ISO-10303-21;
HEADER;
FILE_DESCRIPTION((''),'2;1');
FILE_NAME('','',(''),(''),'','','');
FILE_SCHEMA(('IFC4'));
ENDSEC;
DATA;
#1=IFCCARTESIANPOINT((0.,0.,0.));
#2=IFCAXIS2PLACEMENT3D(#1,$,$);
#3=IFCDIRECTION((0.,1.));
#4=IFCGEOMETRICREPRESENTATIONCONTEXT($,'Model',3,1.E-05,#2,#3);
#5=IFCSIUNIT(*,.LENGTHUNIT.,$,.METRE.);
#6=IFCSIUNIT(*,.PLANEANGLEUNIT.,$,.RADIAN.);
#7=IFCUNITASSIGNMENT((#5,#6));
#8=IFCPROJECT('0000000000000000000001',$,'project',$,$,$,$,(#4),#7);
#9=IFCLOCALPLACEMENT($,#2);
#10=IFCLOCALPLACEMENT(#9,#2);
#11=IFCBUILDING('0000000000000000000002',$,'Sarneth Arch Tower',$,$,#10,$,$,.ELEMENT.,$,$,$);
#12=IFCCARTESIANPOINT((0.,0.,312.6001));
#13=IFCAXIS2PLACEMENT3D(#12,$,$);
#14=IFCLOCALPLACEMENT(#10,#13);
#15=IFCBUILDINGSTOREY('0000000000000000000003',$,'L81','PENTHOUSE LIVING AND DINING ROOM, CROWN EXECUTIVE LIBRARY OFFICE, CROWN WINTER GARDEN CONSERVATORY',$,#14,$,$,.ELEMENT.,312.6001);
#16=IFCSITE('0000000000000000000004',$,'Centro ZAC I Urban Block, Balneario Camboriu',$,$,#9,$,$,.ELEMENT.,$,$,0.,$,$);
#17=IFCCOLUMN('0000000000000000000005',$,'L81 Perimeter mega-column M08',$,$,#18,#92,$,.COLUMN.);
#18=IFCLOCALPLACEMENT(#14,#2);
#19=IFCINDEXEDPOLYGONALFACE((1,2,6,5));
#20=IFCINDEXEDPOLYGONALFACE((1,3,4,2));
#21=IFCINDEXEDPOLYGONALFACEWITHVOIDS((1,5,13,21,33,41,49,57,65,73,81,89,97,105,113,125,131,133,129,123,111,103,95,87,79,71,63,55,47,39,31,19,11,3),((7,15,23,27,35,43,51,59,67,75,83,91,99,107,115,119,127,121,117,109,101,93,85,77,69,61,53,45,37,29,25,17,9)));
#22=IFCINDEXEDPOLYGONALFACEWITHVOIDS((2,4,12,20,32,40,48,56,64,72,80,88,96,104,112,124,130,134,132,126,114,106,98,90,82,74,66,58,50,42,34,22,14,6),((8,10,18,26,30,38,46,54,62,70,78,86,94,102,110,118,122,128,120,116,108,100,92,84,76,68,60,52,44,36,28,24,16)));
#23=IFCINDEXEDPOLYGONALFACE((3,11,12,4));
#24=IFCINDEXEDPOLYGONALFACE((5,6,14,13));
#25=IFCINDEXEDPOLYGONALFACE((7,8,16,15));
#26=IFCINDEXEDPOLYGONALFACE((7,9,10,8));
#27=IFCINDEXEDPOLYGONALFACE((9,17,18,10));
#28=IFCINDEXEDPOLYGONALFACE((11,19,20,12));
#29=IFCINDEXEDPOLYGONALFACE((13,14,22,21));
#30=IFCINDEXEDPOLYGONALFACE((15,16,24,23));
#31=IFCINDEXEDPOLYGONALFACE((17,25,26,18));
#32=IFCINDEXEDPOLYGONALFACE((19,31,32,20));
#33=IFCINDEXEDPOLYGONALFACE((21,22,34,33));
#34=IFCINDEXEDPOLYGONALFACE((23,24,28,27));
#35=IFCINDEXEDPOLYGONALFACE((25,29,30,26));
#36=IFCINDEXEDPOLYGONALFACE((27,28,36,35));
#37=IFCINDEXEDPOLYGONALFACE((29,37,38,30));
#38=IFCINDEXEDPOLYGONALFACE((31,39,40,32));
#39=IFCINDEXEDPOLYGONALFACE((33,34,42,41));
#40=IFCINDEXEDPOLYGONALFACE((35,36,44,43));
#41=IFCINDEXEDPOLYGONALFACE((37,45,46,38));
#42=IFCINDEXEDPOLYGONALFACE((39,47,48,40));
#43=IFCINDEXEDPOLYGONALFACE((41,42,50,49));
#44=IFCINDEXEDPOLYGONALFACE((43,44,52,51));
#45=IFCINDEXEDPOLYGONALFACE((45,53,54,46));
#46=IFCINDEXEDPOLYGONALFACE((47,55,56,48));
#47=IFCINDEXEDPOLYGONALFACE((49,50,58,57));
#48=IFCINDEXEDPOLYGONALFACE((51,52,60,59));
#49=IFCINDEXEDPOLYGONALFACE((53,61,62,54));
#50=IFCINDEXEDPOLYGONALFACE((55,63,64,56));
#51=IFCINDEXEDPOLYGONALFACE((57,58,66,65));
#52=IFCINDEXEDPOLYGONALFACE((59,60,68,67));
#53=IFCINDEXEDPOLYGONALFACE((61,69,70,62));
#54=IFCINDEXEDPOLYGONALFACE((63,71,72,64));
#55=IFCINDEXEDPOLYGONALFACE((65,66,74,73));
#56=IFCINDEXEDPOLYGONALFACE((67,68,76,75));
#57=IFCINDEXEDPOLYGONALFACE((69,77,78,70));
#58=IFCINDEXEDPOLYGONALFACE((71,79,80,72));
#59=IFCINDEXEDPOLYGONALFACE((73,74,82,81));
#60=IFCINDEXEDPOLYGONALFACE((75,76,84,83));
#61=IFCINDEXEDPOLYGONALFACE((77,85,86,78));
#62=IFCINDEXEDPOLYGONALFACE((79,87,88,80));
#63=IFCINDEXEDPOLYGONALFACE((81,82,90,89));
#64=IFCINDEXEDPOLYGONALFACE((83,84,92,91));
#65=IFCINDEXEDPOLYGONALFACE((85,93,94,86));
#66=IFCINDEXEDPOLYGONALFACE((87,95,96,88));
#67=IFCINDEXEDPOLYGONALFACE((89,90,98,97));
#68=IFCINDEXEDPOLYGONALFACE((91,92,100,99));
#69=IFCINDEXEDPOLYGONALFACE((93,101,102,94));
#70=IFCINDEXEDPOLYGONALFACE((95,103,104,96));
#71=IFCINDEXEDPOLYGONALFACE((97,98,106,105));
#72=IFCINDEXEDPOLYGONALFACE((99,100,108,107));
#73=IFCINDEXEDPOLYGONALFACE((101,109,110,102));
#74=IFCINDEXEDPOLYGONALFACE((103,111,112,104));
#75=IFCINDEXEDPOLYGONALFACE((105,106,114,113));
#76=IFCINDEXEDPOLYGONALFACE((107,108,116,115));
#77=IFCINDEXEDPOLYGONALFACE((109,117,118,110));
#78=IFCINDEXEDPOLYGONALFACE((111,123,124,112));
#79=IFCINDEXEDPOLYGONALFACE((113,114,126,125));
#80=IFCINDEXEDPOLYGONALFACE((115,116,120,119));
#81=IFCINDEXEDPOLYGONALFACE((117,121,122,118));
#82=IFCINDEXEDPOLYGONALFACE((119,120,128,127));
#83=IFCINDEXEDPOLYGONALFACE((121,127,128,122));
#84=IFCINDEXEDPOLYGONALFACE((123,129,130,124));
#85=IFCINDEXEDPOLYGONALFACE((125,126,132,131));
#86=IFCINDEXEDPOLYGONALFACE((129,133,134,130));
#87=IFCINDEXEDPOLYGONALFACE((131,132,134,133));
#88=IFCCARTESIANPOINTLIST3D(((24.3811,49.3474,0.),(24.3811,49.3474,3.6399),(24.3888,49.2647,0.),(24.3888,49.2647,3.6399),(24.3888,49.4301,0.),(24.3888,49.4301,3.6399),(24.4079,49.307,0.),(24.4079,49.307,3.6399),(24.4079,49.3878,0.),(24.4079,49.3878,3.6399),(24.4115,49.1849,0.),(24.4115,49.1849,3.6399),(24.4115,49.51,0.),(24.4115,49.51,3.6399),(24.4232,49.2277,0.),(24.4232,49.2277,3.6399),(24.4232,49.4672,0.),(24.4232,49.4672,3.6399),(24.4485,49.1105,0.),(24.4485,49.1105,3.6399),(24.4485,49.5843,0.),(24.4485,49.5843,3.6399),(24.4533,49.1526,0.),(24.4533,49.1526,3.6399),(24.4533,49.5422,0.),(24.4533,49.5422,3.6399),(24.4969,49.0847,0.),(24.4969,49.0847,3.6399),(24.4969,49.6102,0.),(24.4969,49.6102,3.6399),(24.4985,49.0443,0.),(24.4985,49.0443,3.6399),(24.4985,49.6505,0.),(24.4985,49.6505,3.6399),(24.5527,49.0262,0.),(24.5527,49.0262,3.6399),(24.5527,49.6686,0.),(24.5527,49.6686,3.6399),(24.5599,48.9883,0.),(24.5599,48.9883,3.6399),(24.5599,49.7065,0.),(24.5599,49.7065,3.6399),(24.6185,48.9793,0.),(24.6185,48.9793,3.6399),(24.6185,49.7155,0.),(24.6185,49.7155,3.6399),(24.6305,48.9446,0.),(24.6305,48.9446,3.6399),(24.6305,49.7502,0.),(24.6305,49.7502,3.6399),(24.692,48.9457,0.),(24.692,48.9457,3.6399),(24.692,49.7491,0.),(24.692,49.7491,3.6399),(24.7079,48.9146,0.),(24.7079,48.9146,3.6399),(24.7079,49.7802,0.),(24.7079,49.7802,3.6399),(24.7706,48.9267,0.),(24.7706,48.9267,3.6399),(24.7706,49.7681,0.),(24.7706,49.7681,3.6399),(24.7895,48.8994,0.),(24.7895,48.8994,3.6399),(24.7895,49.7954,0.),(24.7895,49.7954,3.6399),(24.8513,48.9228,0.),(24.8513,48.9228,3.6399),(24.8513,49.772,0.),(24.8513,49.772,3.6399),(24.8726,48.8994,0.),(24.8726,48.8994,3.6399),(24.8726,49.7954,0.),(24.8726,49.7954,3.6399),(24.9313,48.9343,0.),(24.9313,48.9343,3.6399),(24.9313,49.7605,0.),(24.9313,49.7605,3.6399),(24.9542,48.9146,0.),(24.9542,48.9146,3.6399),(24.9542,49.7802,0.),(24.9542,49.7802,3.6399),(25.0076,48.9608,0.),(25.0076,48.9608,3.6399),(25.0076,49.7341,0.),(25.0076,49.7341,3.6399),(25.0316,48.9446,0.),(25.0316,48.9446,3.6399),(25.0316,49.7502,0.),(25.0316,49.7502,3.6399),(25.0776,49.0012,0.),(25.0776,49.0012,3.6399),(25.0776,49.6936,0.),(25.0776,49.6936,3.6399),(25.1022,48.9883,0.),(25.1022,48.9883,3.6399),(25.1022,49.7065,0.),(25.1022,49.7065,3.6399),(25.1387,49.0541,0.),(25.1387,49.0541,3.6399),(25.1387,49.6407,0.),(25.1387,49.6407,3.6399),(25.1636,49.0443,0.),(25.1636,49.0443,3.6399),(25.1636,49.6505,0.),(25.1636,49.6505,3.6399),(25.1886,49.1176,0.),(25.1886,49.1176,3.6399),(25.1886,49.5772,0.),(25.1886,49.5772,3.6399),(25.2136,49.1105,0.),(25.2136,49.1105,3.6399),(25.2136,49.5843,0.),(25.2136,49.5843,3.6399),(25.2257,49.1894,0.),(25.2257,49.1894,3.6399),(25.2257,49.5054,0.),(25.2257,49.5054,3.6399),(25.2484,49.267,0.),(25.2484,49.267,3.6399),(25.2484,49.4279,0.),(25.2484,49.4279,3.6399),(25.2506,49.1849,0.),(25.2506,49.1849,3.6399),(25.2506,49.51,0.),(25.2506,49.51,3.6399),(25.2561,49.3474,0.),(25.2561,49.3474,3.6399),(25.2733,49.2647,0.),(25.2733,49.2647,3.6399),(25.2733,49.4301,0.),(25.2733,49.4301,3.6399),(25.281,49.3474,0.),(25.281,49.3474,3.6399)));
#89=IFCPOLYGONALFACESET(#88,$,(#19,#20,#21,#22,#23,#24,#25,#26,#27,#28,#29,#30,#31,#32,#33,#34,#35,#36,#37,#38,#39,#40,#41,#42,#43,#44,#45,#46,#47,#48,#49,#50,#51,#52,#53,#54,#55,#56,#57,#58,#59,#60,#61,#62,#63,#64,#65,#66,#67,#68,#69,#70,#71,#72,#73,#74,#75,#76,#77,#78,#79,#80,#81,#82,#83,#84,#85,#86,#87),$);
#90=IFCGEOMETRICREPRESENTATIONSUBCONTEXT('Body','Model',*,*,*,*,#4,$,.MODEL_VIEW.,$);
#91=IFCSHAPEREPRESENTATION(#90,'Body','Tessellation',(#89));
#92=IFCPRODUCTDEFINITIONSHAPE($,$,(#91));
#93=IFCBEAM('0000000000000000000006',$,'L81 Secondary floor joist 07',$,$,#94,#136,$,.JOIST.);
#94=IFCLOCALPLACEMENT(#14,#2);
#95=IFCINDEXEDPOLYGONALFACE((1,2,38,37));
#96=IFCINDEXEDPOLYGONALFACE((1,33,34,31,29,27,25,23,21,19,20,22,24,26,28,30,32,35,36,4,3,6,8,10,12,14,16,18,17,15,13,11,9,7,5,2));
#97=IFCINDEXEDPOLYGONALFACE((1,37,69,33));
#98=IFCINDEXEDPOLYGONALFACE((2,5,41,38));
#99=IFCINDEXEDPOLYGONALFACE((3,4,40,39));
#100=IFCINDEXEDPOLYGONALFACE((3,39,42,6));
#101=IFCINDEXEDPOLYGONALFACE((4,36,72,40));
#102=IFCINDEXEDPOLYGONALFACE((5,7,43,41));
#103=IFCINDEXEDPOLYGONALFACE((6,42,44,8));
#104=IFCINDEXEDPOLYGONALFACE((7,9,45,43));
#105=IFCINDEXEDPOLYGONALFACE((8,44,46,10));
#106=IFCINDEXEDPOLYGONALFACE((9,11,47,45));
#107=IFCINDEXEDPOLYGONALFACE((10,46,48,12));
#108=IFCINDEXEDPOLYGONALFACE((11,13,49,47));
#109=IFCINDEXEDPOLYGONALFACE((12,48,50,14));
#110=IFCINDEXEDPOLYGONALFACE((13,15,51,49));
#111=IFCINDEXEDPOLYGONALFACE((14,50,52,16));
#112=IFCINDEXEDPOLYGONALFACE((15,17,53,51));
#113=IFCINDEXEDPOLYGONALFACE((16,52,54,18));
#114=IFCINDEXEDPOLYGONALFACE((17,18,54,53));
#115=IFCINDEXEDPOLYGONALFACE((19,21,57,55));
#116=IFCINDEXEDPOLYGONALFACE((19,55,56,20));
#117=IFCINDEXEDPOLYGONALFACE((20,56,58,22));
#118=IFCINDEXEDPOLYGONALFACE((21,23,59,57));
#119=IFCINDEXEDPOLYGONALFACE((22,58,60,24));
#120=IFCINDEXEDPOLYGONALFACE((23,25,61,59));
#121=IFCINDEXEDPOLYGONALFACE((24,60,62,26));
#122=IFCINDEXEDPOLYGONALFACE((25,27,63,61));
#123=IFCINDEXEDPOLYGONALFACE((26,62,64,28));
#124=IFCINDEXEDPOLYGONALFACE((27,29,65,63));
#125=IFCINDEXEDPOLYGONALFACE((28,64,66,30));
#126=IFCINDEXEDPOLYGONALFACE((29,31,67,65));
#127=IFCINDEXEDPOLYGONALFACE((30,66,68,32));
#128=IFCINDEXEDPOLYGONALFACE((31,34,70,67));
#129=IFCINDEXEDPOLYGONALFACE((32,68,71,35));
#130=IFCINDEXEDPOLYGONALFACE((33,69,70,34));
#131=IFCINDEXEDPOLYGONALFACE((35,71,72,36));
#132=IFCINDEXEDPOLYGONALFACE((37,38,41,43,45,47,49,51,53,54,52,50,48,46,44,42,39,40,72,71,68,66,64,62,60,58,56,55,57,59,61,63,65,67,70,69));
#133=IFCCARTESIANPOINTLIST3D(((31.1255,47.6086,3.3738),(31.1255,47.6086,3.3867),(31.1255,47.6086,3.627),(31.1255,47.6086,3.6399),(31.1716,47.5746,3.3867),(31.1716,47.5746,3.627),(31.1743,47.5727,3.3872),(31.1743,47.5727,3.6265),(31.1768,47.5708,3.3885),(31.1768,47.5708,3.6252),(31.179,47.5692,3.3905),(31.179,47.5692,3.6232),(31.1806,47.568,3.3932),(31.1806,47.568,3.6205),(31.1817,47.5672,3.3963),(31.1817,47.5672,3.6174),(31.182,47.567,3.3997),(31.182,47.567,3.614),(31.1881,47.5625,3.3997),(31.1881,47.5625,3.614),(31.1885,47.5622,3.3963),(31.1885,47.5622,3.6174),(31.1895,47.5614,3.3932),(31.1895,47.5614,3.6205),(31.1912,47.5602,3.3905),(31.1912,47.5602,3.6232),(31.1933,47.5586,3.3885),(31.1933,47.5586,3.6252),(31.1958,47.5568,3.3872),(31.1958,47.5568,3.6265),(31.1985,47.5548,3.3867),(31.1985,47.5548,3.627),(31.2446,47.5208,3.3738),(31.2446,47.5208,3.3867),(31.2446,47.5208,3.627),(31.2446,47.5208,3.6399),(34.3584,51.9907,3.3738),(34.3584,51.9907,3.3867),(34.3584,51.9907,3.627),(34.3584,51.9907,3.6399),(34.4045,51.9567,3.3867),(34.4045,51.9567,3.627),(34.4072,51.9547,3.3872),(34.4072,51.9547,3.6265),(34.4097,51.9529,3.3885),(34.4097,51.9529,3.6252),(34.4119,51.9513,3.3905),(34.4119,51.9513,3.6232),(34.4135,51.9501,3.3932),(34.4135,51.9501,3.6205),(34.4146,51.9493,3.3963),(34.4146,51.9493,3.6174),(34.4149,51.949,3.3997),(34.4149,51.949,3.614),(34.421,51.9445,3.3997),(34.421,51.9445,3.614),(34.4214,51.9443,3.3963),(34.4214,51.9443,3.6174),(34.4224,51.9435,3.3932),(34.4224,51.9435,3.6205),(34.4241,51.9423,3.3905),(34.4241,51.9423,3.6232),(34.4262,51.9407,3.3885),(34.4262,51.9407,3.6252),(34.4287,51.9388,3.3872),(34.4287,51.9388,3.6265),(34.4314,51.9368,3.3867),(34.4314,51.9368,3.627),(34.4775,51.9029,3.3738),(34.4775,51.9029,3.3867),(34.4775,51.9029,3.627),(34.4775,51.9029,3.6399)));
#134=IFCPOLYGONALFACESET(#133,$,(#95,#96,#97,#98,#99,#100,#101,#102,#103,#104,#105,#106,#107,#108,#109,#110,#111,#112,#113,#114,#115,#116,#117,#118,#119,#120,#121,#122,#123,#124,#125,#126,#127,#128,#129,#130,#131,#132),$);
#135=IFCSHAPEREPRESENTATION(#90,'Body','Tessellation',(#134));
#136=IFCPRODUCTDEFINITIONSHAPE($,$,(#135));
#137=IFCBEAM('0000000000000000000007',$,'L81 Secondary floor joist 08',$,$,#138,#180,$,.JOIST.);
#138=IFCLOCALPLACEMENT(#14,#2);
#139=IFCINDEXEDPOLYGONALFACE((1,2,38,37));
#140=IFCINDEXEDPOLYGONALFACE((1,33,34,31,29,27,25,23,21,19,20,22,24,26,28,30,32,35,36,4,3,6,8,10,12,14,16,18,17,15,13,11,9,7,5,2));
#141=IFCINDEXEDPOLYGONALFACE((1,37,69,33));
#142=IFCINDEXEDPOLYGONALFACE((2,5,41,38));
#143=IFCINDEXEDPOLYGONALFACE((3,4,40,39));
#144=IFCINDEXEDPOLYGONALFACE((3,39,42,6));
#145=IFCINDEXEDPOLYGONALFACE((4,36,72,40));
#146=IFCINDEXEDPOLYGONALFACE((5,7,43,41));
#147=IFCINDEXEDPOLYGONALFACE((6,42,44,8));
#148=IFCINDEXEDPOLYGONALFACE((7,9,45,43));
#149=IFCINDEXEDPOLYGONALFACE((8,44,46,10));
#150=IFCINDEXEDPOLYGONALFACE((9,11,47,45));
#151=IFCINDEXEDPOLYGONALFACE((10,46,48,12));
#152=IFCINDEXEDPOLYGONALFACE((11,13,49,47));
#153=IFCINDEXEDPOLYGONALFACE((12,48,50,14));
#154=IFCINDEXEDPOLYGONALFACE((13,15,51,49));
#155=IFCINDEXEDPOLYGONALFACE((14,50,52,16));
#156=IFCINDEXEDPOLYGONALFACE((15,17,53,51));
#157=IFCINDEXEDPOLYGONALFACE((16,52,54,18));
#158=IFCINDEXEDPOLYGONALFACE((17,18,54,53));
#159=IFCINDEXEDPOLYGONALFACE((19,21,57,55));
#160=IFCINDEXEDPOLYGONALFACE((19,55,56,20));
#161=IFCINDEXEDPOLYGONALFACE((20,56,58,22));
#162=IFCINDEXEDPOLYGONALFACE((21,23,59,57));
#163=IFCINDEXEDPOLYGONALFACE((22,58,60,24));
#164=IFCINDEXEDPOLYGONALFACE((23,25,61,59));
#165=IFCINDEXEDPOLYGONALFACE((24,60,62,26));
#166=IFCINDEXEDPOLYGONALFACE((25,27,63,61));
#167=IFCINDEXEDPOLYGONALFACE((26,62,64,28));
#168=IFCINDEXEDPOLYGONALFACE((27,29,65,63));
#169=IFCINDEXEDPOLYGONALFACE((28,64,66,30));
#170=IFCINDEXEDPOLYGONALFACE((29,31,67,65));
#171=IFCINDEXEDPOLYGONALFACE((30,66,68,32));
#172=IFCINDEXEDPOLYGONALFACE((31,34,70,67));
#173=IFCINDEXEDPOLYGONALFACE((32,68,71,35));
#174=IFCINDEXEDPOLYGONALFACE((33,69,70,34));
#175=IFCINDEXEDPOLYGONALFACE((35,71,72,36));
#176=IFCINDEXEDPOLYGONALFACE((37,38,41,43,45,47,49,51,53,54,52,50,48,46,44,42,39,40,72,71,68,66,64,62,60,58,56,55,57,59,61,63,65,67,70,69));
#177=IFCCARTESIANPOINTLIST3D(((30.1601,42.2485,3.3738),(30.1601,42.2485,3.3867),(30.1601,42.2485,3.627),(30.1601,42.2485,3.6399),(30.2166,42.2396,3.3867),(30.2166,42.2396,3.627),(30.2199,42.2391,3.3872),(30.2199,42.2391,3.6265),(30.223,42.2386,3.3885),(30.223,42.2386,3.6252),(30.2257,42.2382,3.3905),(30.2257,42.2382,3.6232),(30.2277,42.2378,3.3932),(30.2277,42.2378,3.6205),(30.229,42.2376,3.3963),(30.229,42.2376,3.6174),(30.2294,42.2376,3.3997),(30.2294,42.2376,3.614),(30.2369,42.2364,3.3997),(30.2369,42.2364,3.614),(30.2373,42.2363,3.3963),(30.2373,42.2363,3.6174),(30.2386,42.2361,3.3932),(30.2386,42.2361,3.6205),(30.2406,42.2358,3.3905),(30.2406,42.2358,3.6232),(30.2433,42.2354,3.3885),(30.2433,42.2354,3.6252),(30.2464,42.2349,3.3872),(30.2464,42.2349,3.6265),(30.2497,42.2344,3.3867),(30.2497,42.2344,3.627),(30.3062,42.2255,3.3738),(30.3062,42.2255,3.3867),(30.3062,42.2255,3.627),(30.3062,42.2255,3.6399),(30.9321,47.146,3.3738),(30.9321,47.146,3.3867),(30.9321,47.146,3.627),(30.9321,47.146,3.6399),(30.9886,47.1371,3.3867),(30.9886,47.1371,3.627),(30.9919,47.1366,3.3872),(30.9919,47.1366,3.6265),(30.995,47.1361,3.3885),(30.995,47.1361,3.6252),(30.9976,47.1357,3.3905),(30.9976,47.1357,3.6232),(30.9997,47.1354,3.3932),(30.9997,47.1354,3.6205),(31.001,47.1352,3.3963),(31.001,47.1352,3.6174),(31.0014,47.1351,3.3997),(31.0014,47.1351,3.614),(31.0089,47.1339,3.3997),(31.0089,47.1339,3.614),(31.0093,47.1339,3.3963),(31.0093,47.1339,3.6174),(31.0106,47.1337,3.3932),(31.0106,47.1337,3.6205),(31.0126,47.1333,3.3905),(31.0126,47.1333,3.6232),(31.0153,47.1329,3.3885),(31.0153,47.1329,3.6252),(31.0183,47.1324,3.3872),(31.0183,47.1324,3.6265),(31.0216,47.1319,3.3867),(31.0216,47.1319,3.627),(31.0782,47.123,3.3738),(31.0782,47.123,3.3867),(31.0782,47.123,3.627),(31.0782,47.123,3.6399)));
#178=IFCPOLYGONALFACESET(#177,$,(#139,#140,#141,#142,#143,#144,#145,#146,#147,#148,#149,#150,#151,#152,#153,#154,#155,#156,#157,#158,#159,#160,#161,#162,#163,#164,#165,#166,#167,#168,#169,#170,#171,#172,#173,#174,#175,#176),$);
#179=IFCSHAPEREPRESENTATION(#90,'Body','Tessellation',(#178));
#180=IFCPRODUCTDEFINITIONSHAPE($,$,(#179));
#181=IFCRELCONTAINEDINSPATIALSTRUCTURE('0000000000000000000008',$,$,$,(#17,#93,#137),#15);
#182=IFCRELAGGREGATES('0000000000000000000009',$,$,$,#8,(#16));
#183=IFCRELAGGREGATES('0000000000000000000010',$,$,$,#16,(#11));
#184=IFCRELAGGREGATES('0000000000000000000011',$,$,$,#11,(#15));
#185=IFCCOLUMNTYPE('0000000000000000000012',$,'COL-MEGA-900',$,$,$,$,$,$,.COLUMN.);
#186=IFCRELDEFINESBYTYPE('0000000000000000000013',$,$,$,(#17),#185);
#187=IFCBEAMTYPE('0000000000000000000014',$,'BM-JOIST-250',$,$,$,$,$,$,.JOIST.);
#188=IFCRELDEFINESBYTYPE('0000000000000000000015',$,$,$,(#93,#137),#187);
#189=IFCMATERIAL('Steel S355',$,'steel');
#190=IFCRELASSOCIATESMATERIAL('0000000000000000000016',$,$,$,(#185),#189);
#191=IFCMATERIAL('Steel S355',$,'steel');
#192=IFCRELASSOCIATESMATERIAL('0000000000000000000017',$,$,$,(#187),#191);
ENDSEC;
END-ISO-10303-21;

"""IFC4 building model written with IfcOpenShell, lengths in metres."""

from ifc_helpers import new_model, si_unit, direction, frame, origin, origin_2d, place, context, subcontext, project, spatial, hollow_circle, i_section, extrude, material, material_profile, profile_set, type_object, element, save


model = new_model("IFC4")

# Units and contexts
model_context = context("Model", 3, precision=1e-05, world=origin(), true_north=direction((0.0, 1.0)))
body_context = subcontext(model_context, "Body", "Model", "MODEL_VIEW")
ifc_project = project(units=[si_unit("LENGTHUNIT", "METRE"), si_unit("PLANEANGLEUNIT", "RADIAN")], contexts=[model_context])

# Site, building, storey
site_placement = place(None, origin())
site = spatial("IfcSite", under=ifc_project, at=site_placement, Name="Centro ZAC I Urban Block, Balneario Camboriu", CompositionType="ELEMENT", RefElevation=0.0)
building_placement = place(site_placement, origin())
building = spatial("IfcBuilding", under=site, at=building_placement, Name="Sarneth Arch Tower", CompositionType="ELEMENT")
storey_placement = place(building_placement, frame((0.0, 0.0, 312.6001)))
storey = spatial("IfcBuildingStorey", under=building, at=storey_placement, Name="L81", Description="PENTHOUSE LIVING AND DINING ROOM, CROWN EXECUTIVE LIBRARY OFFICE, CROWN WINTER GARDEN CONSERVATORY", CompositionType="ELEMENT", Elevation=312.6001)

# Column
ifc_material_1 = material(Name="Steel S355", Category="steel")
ifc_material_profile_1 = material_profile(ifc_material_1, hollow_circle(Radius=0.45, WallThickness=0.0249, at=origin_2d()), Name="CHS900x25")
ifc_profile_set_1 = profile_set([ifc_material_profile_1], Name="Steel S355")
column_type = type_object("IfcColumnType", Name="COL-MEGA-900", PredefinedType="COLUMN", material=ifc_profile_set_1)
column_placement = place(storey_placement, frame((24.8311, 49.3474, 0.0), z_axis=(0.0, 0.0, 1.0), x_axis=(1.0, 0.0, 0.0)))
element("IfcColumn", 1, at=column_placement, inside=storey, type_object=column_type, Name="L81 Perimeter mega-column M08", PredefinedType="COLUMN", context=body_context, shape_type="SweptSolid", body=[
    extrude(hollow_circle(Radius=0.45, WallThickness=0.0249, at=origin_2d()), origin(), (0.0, 0.0, 1.0), 3.6399),
])

# Beams
ifc_material_2 = material(Name="Steel S355", Category="steel")
ifc_material_profile_2 = material_profile(ifc_material_2, i_section(OverallWidth=0.1479, OverallDepth=0.2661, WebThickness=0.0076, FlangeThickness=0.0129, FilletRadius=0.0129, at=origin_2d()), Name="W250x44.8")
ifc_profile_set_2 = profile_set([ifc_material_profile_2], Name="Steel S355")
beam_type_1 = type_object("IfcBeamType", Name="BM-JOIST-250", PredefinedType="JOIST", material=ifc_profile_set_2)
beam_1_placement = place(storey_placement, frame((34.418, 51.9468, 3.5068), z_axis=(-0.593676, -0.804704, 0.0), x_axis=(0.804704, -0.593676, 0.0)))
element("IfcBeam", 2, at=beam_1_placement, inside=storey, type_object=beam_type_1, Name="L81 Secondary floor joist 07", PredefinedType="JOIST", context=body_context, shape_type="SweptSolid", body=[
    extrude(i_section(OverallWidth=0.1479, OverallDepth=0.2661, WebThickness=0.0076, FlangeThickness=0.0129, FilletRadius=0.0129, at=origin_2d()), origin(), (0.0, 0.0, 1.0), 5.4456),
])
beam_2_placement = place(storey_placement, frame((31.0051, 47.1345, 3.5068), z_axis=(-0.155705, -0.987804, 0.0), x_axis=(0.987804, -0.155705, 0.0)))
element("IfcBeam", 3, at=beam_2_placement, inside=storey, type_object=beam_type_1, Name="L81 Secondary floor joist 08", PredefinedType="JOIST", context=body_context, shape_type="SweptSolid", body=[
    extrude(i_section(OverallWidth=0.1479, OverallDepth=0.2661, WebThickness=0.0076, FlangeThickness=0.0129, FilletRadius=0.0129, at=origin_2d()), origin(), (0.0, 0.0, 1.0), 4.958),
])

save(model, "model.ifc")
